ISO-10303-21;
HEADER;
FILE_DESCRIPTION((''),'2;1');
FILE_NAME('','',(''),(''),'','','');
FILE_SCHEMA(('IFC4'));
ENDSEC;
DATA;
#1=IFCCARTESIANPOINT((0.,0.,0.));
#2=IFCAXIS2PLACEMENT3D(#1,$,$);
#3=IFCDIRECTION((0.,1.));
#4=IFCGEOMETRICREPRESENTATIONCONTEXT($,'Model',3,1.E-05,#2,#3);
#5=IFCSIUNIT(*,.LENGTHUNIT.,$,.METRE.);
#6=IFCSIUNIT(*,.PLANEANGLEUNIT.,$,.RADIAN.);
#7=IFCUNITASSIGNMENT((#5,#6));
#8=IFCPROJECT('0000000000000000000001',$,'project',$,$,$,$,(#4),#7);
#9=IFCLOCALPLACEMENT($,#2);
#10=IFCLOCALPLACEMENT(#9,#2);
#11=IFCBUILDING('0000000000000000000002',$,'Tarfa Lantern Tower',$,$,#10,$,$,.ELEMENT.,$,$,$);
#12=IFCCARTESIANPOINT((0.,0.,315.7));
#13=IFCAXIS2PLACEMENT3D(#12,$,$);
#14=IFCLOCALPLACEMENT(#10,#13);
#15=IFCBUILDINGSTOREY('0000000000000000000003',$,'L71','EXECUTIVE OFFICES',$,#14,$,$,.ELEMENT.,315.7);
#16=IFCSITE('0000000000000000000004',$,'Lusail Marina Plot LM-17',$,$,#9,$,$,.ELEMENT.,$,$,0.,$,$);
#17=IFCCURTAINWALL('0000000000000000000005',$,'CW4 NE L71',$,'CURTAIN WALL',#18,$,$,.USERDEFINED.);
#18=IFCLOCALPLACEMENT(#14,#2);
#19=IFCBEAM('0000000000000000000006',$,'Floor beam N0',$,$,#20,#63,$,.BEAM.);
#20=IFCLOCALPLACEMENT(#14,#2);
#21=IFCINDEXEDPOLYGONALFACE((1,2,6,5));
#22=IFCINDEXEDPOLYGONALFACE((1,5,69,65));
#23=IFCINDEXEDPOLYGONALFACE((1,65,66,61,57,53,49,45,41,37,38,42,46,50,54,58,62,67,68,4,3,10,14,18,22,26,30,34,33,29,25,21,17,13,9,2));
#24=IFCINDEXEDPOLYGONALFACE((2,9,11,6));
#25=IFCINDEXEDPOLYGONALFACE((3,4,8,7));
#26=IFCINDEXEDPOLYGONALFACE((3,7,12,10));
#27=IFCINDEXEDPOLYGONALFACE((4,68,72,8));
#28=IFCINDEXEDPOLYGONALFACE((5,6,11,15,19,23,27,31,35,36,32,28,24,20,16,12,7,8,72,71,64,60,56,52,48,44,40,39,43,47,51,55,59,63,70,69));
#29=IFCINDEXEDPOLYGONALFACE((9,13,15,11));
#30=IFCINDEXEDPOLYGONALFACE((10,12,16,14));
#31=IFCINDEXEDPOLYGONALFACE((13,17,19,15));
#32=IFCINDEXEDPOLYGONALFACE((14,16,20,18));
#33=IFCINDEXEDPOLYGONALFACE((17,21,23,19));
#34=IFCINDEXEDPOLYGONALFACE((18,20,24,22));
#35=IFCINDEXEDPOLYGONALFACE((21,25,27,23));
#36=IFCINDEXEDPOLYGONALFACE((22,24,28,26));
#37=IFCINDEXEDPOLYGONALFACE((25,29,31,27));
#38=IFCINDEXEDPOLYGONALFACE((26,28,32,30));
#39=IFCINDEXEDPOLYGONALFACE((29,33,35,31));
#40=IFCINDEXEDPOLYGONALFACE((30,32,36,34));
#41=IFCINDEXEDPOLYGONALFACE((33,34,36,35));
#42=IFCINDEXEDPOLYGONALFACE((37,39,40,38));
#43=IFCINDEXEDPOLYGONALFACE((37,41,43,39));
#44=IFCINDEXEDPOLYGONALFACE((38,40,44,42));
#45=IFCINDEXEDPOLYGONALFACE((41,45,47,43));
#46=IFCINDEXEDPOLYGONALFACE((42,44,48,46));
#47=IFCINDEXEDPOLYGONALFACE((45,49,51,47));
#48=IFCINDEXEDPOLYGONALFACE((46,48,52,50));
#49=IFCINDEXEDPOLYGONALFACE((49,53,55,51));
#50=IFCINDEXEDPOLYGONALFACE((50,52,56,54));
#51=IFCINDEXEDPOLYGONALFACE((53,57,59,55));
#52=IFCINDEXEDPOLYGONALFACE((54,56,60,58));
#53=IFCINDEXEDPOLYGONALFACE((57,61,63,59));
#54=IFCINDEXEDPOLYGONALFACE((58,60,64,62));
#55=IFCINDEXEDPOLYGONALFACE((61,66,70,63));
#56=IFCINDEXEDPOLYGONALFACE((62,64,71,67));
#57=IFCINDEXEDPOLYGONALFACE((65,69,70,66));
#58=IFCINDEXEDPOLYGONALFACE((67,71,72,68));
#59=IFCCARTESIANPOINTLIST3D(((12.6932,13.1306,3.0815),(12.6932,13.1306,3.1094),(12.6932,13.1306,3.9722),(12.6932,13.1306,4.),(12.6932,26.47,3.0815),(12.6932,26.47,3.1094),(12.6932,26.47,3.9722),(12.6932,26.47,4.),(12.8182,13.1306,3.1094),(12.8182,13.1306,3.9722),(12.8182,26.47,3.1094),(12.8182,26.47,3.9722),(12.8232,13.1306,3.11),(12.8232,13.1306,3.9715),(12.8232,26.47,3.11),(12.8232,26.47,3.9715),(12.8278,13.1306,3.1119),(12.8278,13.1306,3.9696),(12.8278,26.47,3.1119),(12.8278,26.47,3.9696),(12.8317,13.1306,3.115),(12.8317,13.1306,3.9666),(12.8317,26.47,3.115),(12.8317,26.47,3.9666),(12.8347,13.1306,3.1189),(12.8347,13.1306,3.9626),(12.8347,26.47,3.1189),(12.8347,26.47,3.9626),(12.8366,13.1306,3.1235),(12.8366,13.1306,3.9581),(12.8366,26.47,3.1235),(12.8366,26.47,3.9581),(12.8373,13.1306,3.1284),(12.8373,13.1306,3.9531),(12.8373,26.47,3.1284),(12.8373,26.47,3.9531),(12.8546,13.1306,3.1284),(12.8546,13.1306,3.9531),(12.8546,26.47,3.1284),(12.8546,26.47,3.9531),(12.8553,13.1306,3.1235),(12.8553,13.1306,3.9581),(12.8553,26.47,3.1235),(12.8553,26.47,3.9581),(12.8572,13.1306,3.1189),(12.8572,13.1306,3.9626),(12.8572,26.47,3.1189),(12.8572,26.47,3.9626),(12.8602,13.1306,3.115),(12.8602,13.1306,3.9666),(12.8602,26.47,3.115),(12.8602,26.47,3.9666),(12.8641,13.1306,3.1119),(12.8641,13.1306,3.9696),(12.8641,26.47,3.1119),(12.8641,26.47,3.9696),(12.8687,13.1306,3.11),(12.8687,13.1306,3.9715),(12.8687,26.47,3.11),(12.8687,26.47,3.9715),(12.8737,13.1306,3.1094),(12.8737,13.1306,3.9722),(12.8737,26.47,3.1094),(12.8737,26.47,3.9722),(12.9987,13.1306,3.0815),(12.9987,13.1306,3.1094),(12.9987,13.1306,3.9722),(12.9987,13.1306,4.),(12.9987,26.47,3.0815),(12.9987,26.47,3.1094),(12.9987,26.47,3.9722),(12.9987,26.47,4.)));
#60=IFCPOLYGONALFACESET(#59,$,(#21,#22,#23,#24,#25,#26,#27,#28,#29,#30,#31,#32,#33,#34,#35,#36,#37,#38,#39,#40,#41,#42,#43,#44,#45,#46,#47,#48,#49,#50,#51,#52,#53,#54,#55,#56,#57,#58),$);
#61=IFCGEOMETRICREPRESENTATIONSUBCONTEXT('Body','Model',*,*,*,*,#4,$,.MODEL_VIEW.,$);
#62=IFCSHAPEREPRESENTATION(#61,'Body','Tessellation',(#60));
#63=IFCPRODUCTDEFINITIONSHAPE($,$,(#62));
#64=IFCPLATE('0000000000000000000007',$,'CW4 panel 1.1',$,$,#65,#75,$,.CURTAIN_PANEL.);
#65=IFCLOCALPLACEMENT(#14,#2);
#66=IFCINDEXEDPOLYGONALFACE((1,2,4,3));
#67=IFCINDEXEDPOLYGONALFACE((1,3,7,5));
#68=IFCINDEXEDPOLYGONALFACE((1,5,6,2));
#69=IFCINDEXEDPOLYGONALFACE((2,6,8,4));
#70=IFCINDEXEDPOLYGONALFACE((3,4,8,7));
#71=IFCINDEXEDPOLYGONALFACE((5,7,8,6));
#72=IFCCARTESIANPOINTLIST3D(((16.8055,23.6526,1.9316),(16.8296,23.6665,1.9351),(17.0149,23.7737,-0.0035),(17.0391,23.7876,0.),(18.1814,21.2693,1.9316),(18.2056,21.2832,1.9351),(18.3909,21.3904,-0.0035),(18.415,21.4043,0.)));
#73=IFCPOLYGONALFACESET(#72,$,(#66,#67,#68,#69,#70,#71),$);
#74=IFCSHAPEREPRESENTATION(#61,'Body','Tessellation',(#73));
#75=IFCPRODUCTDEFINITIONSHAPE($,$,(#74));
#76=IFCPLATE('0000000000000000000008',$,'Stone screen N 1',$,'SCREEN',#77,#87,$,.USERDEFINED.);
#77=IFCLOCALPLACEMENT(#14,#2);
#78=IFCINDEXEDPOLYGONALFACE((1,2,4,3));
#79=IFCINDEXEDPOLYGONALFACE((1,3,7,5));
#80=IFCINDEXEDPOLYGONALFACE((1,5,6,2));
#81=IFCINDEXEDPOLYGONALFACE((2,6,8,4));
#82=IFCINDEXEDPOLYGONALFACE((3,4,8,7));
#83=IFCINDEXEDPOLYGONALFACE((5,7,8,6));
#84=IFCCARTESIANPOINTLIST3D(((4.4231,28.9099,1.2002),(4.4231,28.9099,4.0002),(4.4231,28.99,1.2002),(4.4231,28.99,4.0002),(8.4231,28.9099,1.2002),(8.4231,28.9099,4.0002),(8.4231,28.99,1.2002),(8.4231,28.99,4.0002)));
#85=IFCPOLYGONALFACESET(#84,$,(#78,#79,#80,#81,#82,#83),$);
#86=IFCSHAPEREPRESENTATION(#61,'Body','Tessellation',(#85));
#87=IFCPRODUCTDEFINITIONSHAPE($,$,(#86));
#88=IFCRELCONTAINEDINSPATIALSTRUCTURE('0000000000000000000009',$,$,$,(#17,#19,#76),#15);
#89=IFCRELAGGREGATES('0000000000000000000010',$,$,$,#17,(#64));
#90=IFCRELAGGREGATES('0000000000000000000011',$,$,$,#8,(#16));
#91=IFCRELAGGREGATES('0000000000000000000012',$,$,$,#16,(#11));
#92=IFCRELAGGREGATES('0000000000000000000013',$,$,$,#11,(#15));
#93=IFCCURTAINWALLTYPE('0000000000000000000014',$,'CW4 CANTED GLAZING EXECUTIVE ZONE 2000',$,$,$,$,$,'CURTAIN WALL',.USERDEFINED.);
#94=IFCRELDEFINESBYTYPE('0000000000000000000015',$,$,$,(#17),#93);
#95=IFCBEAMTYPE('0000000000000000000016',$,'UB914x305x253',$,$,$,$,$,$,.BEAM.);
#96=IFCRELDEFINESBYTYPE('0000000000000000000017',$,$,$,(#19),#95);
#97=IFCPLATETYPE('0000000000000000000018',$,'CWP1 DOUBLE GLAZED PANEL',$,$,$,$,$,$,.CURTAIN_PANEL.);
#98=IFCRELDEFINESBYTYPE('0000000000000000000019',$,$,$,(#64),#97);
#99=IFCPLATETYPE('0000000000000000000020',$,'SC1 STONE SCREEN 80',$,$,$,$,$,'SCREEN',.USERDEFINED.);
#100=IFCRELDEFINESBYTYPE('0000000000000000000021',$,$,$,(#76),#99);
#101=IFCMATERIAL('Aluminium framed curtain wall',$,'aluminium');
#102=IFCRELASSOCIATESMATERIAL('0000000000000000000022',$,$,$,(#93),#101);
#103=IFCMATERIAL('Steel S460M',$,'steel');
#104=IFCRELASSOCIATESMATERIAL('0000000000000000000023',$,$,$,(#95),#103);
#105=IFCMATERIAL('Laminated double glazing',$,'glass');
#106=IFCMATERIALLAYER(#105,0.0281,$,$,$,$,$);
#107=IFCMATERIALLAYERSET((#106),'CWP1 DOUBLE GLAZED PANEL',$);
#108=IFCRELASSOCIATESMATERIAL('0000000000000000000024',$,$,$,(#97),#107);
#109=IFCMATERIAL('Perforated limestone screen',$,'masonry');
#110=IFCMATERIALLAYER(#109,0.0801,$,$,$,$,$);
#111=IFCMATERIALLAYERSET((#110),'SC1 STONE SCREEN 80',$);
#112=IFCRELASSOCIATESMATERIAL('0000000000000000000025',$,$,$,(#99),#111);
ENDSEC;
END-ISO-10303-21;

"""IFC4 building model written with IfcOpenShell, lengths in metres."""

from ifc_helpers import new_model, si_unit, direction, frame, origin, origin_2d, place, context, subcontext, project, spatial, polyline, rectangle, i_section, outline, extrude, material, layer, layer_set, material_profile, profile_set, type_object, element, aggregate, save


model = new_model("IFC4")

# Units and contexts
model_context = context("Model", 3, precision=1e-05, world=origin(), true_north=direction((0.0, 1.0)))
body_context = subcontext(model_context, "Body", "Model", "MODEL_VIEW")
ifc_project = project(units=[si_unit("LENGTHUNIT", "METRE"), si_unit("PLANEANGLEUNIT", "RADIAN")], contexts=[model_context])

# Site, building, storey
site_placement = place(None, origin())
site = spatial("IfcSite", under=ifc_project, at=site_placement, Name="Lusail Marina Plot LM-17", CompositionType="ELEMENT", RefElevation=0.0)
building_placement = place(site_placement, origin())
building = spatial("IfcBuilding", under=site, at=building_placement, Name="Tarfa Lantern Tower", CompositionType="ELEMENT")
storey_placement = place(building_placement, frame((0.0, 0.0, 315.7)))
storey = spatial("IfcBuildingStorey", under=building, at=storey_placement, Name="L71", Description="EXECUTIVE OFFICES", CompositionType="ELEMENT", Elevation=315.7)

# Curtain wall
ifc_material_1 = material(Name="Aluminium framed curtain wall", Category="aluminium")
curtain_wall_type = type_object("IfcCurtainWallType", Name="CW4 CANTED GLAZING EXECUTIVE ZONE 2000", ElementType="CURTAIN WALL", PredefinedType="USERDEFINED", material=ifc_material_1)
curtain_wall_placement = place(storey_placement, origin())
curtain_wall = element("IfcCurtainWall", 1, at=curtain_wall_placement, inside=storey, type_object=curtain_wall_type, Name="CW4 NE L71", ObjectType="CURTAIN WALL", PredefinedType="USERDEFINED")

# Beam
ifc_material_2 = material(Name="Steel S460M", Category="steel")
ifc_material_profile_1 = material_profile(ifc_material_2, i_section(OverallWidth=0.3054, OverallDepth=0.9185, WebThickness=0.0173, FlangeThickness=0.0278, FilletRadius=0.019, at=origin_2d()), Name="UB914x305x253")
ifc_profile_set_1 = profile_set([ifc_material_profile_1], Name="Steel S460M")
beam_type_1 = type_object("IfcBeamType", Name="UB914x305x253", PredefinedType="BEAM", material=ifc_profile_set_1)
beam_1_placement = place(storey_placement, frame((12.8459, 26.47, 3.5408), z_axis=(0.0, -1.0, 0.0), x_axis=(1.0, 0.0, 0.0)))
element("IfcBeam", 2, at=beam_1_placement, inside=storey, type_object=beam_type_1, Name="Floor beam N0", PredefinedType="BEAM", context=body_context, shape_type="SweptSolid", body=[
    extrude(i_section(OverallWidth=0.3054, OverallDepth=0.9185, WebThickness=0.0173, FlangeThickness=0.0278, FilletRadius=0.019, at=origin_2d()), origin(), (0.0, 0.0, 1.0), 13.3394),
])

# Plates
ifc_material_3 = material(Name="Laminated double glazing", Category="glass")
ifc_layer_1 = layer(ifc_material_3, 0.0281)
ifc_layer_set_1 = layer_set([ifc_layer_1], Name="CWP1 DOUBLE GLAZED PANEL")
plate_type_1 = type_object("IfcPlateType", Name="CWP1 DOUBLE GLAZED PANEL", PredefinedType="CURTAIN_PANEL", material=ifc_layer_set_1)
plate_1_placement = place(storey_placement, frame((18.415, 21.4043, 0.0), z_axis=(0.859337, 0.49613, 0.124072), x_axis=(-0.499994, 0.866029, 0.0)))
plate_1 = element("IfcPlate", 3, at=plate_1_placement, type_object=plate_type_1, Name="CW4 panel 1.1", PredefinedType="CURTAIN_PANEL", context=body_context, shape_type="SweptSolid", body=[
    extrude(outline(polyline([(0.0, 0.0), (2.752, 0.0), (2.7519, 1.9501), (-0.0001, 1.9501), (0.0, 0.0)])), origin(), (0.0, 0.0, -1.0), 0.0281),
])
aggregate(curtain_wall, [plate_1])
ifc_material_4 = material(Name="Perforated limestone screen", Category="masonry")
ifc_layer_2 = layer(ifc_material_4, 0.0801)
ifc_layer_set_2 = layer_set([ifc_layer_2], Name="SC1 STONE SCREEN 80")
plate_type_2 = type_object("IfcPlateType", Name="SC1 STONE SCREEN 80", ElementType="SCREEN", PredefinedType="USERDEFINED", material=ifc_layer_set_2)
plate_2_placement = place(storey_placement, frame((6.4231, 28.95, 1.2002), z_axis=(0.0, 0.0, 1.0), x_axis=(-1.0, 0.0, 0.0)))
element("IfcPlate", 4, at=plate_2_placement, inside=storey, type_object=plate_type_2, Name="Stone screen N 1", ObjectType="SCREEN", PredefinedType="USERDEFINED", context=body_context, shape_type="SweptSolid", body=[
    extrude(rectangle(XDim=4.0, YDim=0.0801, at=origin_2d()), origin(), (0.0, 0.0, 1.0), 2.8),
])

save(model, "model.ifc")
